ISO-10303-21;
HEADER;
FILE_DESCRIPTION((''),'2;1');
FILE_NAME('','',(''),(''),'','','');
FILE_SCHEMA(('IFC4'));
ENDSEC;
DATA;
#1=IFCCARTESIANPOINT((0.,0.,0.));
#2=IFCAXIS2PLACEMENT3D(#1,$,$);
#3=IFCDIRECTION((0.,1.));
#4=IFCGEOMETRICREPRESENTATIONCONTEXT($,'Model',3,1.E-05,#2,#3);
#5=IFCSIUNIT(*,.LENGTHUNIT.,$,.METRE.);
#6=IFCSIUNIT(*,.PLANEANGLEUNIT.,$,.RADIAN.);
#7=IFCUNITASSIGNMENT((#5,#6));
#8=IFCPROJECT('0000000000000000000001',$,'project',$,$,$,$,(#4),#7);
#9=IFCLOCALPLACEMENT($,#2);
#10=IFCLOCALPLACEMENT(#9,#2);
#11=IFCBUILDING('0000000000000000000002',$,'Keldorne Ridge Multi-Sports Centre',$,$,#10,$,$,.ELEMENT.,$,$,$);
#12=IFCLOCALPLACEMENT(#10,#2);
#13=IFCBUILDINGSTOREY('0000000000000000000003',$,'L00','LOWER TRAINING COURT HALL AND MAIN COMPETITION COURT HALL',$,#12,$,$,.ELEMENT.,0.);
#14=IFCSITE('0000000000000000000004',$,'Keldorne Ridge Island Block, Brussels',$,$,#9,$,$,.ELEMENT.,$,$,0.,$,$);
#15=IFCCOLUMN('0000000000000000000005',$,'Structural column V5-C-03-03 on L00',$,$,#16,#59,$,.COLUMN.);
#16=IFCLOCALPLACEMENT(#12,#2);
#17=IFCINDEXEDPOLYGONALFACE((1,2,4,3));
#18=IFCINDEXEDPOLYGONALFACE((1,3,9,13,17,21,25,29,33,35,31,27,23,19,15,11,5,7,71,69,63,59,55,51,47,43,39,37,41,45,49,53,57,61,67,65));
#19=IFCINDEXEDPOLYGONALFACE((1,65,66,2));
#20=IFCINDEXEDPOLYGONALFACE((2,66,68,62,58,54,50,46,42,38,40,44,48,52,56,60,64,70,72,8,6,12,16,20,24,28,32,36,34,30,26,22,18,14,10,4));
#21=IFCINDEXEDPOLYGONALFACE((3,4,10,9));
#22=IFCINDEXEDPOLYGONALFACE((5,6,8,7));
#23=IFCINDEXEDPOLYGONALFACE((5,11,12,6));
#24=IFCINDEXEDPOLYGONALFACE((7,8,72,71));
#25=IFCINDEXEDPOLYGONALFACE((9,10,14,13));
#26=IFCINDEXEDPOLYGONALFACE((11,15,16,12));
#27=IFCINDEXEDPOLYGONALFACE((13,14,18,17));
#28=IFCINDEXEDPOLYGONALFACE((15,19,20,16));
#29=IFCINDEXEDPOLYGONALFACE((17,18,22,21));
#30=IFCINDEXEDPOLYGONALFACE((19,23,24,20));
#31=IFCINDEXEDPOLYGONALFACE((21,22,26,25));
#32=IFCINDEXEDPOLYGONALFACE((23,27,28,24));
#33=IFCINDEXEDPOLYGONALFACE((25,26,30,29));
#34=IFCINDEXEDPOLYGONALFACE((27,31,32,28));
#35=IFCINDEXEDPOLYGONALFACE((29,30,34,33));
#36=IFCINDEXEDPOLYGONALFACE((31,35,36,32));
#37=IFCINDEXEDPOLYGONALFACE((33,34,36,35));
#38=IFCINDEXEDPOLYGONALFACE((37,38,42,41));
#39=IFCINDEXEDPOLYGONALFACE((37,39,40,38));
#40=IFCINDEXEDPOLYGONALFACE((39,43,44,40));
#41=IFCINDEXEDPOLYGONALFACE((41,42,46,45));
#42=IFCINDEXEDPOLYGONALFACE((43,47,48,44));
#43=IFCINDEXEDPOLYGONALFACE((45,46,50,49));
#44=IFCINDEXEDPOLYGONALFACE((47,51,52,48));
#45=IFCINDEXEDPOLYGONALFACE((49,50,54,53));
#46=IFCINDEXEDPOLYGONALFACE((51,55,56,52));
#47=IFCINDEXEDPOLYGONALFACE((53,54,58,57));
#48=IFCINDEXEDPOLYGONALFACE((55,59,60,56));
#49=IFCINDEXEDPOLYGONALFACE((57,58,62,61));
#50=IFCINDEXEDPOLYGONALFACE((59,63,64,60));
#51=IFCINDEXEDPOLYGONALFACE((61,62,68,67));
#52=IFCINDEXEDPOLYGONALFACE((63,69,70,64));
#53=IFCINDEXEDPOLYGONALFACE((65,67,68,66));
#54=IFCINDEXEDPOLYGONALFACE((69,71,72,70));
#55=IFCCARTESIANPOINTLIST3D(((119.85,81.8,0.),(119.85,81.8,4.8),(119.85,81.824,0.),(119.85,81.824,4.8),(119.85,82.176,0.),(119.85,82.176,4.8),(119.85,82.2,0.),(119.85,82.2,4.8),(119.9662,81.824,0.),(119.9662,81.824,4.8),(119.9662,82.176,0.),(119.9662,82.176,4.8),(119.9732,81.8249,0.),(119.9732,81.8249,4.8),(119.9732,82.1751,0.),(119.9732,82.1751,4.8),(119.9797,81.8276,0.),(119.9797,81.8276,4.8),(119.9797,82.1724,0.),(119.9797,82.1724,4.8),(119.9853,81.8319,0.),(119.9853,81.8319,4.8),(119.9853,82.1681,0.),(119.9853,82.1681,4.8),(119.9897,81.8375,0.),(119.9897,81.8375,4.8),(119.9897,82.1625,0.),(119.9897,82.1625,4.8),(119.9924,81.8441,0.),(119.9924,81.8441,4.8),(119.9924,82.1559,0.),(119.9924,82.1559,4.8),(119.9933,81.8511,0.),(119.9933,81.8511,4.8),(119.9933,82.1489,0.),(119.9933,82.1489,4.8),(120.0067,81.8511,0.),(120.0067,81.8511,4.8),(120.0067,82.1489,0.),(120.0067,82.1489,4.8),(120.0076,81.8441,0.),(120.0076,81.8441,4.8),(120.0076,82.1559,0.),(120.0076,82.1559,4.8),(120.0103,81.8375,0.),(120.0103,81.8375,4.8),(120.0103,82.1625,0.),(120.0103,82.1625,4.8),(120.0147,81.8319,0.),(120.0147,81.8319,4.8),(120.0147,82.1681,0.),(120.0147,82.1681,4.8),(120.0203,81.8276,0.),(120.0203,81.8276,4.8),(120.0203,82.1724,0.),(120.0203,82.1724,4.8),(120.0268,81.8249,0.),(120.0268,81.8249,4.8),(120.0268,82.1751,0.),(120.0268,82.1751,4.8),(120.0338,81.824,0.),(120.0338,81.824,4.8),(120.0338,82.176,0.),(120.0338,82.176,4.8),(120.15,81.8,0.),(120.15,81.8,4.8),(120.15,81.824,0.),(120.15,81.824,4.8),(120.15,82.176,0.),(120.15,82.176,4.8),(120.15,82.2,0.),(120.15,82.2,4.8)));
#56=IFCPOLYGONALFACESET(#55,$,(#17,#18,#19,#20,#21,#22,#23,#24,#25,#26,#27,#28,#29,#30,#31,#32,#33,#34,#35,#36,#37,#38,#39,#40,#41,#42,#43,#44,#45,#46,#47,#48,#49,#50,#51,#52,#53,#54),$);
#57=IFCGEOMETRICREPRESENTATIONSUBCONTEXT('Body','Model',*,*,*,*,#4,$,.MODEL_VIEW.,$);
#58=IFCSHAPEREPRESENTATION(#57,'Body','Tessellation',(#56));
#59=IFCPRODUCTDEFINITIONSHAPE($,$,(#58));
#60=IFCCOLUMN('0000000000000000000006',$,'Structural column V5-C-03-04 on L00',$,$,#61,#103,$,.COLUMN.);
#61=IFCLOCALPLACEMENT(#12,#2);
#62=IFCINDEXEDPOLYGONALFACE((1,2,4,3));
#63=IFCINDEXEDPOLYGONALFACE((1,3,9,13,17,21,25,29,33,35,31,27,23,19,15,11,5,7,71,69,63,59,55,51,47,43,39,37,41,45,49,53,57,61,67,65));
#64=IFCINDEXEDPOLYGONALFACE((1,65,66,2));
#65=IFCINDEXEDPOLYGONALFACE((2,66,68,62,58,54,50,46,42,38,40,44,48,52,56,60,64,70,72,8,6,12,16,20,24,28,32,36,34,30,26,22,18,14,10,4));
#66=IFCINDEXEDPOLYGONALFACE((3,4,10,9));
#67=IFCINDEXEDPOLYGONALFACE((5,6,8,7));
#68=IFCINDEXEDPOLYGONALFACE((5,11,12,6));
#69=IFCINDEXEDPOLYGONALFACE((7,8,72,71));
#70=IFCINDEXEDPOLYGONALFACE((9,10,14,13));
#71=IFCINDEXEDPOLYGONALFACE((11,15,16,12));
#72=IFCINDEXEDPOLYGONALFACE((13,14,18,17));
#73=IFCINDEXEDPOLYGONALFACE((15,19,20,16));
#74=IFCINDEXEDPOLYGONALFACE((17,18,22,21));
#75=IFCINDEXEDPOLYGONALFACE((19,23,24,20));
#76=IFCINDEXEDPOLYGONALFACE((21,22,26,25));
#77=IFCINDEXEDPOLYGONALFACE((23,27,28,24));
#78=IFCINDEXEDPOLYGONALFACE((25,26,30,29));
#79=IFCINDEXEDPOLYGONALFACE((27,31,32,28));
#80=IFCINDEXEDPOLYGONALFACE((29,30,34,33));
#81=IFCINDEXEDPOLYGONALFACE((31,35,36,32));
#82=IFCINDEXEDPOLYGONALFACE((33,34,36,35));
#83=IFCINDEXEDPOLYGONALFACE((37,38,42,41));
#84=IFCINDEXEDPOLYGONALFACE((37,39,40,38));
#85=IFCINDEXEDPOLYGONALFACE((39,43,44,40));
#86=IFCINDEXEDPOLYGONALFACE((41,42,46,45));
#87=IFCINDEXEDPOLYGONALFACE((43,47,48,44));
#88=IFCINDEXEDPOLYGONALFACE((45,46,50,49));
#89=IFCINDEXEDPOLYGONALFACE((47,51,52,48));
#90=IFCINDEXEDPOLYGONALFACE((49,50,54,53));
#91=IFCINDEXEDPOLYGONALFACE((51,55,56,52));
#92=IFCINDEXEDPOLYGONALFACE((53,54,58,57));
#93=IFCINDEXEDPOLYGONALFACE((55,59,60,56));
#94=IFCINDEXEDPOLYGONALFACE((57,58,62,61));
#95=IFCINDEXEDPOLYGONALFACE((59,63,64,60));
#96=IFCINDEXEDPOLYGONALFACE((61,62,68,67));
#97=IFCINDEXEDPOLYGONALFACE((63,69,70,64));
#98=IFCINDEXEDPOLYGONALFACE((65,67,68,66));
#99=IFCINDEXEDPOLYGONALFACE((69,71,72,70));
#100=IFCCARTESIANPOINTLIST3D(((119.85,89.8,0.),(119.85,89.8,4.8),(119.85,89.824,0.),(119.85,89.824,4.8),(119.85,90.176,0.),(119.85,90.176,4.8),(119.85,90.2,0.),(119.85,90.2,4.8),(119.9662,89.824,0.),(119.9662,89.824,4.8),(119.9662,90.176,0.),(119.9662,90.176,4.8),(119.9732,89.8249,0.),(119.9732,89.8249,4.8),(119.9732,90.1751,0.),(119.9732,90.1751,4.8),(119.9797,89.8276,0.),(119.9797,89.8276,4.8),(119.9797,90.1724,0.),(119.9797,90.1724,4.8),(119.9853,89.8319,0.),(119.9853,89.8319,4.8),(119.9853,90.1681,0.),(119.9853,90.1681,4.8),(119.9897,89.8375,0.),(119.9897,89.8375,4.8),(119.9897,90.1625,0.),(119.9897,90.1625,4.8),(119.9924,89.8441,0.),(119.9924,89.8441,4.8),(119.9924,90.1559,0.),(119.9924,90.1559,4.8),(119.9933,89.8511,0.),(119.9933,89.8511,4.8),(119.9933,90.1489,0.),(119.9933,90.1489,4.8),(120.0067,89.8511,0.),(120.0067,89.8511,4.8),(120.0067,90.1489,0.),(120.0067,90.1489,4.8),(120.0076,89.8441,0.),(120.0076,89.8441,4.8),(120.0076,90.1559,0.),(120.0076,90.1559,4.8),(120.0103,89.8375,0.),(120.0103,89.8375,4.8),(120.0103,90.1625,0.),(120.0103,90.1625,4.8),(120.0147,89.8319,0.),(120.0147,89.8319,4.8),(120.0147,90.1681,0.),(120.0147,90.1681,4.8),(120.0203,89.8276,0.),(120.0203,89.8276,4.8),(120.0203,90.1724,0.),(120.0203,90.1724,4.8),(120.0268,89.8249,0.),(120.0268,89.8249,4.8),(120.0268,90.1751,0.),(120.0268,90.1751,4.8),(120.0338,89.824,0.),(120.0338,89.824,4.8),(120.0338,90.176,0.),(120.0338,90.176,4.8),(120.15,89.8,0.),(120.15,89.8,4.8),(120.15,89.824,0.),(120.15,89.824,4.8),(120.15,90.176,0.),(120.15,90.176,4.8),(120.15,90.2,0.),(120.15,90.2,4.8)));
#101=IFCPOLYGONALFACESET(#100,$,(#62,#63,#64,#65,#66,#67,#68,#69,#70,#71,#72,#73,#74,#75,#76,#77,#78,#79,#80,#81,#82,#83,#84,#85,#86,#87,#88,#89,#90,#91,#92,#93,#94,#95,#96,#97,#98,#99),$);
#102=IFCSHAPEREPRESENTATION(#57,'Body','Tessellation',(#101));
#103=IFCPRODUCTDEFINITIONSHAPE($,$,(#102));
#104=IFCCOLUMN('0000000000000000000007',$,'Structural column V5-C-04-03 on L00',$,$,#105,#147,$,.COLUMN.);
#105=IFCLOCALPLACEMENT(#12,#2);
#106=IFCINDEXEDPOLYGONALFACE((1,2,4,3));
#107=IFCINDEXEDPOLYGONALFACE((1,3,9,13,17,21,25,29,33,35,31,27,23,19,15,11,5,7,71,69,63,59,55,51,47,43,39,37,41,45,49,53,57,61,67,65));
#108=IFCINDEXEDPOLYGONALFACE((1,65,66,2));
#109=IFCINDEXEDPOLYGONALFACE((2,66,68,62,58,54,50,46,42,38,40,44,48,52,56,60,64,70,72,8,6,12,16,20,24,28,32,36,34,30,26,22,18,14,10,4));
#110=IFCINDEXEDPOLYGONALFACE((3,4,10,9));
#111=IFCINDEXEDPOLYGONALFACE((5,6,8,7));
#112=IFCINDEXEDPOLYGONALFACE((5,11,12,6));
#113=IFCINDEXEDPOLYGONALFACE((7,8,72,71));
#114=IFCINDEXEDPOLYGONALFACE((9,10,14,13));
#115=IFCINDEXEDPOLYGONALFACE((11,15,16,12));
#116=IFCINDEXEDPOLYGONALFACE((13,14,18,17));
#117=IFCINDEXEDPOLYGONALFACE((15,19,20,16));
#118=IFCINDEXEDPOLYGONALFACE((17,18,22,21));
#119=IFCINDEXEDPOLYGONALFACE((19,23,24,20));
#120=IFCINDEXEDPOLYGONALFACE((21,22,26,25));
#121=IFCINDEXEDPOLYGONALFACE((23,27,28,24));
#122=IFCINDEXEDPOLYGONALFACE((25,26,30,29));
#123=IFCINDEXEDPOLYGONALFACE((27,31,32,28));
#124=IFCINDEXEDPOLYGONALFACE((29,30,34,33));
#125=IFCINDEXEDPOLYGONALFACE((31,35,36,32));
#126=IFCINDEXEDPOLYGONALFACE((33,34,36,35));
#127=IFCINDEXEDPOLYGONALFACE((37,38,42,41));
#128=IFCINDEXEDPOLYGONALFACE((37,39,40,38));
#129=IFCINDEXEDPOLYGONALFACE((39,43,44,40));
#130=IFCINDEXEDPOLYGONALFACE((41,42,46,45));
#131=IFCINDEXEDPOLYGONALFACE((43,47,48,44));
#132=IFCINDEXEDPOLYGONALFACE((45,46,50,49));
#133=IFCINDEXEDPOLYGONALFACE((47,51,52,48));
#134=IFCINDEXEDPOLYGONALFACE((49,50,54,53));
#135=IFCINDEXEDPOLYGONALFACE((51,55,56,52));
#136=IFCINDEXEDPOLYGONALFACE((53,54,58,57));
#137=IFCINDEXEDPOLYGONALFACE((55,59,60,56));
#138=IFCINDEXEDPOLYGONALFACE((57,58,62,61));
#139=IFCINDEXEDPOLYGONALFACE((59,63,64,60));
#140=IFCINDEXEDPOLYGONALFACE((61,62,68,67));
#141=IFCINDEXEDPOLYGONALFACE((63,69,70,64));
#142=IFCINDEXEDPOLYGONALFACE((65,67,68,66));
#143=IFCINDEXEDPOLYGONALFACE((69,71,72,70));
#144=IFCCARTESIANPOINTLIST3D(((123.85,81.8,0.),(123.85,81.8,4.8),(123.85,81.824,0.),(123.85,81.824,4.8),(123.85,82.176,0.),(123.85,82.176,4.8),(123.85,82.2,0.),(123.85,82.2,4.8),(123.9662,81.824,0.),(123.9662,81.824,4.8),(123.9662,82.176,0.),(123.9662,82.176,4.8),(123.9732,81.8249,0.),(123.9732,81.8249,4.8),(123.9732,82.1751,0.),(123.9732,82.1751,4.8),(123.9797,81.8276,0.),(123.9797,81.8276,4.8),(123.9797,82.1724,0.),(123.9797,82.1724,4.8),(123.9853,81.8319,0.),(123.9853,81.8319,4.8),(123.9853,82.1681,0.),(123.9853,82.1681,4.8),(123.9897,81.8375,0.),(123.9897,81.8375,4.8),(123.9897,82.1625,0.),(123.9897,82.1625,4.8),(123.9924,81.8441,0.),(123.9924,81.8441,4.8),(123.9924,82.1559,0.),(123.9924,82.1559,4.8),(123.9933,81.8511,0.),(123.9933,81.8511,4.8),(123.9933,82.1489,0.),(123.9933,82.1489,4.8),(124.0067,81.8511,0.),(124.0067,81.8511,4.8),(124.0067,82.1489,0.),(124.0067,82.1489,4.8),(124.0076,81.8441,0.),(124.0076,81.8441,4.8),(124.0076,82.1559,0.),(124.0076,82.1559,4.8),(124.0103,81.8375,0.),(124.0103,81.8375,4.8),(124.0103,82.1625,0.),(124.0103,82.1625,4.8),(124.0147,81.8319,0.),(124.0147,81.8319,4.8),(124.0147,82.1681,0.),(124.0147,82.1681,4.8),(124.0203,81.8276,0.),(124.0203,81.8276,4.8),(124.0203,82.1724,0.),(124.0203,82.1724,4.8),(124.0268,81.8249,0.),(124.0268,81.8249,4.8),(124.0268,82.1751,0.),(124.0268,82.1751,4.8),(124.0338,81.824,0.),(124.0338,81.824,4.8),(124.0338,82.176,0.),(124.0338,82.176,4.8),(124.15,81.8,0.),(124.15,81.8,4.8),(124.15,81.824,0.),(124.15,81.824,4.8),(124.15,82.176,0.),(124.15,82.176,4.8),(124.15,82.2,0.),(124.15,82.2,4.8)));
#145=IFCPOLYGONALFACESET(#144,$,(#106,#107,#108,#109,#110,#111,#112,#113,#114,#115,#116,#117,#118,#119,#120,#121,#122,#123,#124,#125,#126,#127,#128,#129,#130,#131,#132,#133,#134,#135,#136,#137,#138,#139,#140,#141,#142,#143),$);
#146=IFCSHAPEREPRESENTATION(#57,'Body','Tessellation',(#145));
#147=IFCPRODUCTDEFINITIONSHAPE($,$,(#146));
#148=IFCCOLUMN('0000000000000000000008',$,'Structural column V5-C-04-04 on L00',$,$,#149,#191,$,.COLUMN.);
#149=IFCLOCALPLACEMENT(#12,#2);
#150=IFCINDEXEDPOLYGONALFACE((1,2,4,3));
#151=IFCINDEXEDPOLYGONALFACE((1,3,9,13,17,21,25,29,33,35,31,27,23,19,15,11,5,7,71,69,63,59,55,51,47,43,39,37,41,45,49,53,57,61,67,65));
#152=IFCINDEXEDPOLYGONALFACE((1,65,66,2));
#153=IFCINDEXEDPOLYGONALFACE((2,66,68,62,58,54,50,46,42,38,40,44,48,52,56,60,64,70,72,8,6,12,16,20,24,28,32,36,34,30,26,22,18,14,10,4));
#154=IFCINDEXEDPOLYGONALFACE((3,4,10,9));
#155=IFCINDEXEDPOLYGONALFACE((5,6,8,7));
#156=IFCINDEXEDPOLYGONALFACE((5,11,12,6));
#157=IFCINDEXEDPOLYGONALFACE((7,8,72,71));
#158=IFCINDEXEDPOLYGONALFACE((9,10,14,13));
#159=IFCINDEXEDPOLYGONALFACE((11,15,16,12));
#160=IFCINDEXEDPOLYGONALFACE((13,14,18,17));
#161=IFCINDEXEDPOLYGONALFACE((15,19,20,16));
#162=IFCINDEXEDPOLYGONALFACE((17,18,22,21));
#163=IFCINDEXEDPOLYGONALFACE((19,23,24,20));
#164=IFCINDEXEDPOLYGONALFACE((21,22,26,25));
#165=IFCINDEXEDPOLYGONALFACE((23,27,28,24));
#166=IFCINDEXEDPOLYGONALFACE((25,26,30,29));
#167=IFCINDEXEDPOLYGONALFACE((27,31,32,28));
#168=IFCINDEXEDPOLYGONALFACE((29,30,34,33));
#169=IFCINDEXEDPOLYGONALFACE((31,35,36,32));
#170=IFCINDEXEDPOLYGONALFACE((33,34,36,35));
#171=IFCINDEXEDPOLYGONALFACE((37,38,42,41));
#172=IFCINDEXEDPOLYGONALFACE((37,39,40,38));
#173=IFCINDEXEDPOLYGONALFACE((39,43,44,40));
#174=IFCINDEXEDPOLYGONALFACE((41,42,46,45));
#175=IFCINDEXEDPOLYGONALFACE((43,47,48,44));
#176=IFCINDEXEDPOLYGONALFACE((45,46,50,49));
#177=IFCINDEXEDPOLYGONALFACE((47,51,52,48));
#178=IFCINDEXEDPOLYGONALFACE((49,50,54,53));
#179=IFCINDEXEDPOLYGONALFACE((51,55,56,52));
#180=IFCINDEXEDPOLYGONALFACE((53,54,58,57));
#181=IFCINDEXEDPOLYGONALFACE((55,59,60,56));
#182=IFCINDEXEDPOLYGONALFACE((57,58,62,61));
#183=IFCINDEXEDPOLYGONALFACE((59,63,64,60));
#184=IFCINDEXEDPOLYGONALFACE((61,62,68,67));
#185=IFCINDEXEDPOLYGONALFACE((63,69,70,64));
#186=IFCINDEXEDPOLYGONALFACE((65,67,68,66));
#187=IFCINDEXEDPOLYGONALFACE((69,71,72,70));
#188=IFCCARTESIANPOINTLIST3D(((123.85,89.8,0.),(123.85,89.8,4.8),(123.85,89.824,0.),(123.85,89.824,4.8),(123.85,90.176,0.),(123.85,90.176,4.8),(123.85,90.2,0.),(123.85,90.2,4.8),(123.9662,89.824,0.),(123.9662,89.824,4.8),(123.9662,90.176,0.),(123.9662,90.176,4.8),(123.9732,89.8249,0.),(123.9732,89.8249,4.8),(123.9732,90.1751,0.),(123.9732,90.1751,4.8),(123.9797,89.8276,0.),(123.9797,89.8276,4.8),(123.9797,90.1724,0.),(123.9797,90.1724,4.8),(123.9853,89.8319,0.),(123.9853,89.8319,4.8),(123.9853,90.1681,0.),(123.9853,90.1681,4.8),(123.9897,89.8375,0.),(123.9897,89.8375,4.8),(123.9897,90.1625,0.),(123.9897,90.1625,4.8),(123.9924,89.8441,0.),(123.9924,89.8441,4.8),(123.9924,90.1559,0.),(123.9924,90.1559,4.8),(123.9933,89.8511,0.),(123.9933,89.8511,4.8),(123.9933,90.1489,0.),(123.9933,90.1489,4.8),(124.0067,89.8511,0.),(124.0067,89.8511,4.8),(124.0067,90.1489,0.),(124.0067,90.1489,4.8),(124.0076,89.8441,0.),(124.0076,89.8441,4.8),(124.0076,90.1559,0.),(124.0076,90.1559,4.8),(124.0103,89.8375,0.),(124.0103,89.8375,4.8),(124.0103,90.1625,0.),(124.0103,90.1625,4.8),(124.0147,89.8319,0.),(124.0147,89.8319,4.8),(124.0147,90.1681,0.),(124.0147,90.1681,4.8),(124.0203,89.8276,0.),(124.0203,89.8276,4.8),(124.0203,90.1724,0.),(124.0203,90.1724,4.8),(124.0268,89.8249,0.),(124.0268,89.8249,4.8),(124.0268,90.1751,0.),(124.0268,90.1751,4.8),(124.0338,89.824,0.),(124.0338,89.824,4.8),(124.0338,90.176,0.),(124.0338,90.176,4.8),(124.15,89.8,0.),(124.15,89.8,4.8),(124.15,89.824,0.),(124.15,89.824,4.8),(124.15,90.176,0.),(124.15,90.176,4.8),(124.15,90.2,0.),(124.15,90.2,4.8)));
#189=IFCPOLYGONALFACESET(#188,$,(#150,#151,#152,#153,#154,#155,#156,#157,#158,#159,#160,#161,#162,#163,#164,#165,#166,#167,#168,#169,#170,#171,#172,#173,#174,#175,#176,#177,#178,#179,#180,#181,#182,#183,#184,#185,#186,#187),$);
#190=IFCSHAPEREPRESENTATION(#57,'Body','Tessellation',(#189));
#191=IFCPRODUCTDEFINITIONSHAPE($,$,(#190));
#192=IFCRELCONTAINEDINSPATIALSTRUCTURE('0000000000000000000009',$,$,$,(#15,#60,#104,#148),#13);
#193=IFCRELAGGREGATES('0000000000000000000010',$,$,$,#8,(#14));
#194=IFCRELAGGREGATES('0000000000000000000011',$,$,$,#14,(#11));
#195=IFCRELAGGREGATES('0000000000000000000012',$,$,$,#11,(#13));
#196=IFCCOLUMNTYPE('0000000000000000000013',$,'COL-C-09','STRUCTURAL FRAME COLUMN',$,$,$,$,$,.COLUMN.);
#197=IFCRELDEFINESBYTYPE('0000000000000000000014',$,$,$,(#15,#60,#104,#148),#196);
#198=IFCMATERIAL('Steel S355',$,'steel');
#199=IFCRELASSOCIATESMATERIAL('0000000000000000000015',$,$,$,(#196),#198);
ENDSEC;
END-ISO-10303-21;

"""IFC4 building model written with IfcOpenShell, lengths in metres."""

from ifc_helpers import new_model, si_unit, direction, frame, origin, origin_2d, place, context, subcontext, project, spatial, i_section, extrude, material, material_profile, profile_set, type_object, element, save


model = new_model("IFC4")

# Units and contexts
model_context = context("Model", 3, precision=1e-05, world=origin(), true_north=direction((0.0, 1.0)))
body_context = subcontext(model_context, "Body", "Model", "MODEL_VIEW")
ifc_project = project(units=[si_unit("LENGTHUNIT", "METRE"), si_unit("PLANEANGLEUNIT", "RADIAN")], contexts=[model_context])

# Site, building, storey
site_placement = place(None, origin())
site = spatial("IfcSite", under=ifc_project, at=site_placement, Name="Keldorne Ridge Island Block, Brussels", CompositionType="ELEMENT", RefElevation=0.0)
building_placement = place(site_placement, origin())
building = spatial("IfcBuilding", under=site, at=building_placement, Name="Keldorne Ridge Multi-Sports Centre", CompositionType="ELEMENT")
storey_placement = place(building_placement, origin())
storey = spatial("IfcBuildingStorey", under=building, at=storey_placement, Name="L00", Description="LOWER TRAINING COURT HALL AND MAIN COMPETITION COURT HALL", CompositionType="ELEMENT", Elevation=0.0)

# Columns
ifc_material_1 = material(Name="Steel S355", Category="steel")
ifc_material_profile_1 = material_profile(ifc_material_1, i_section(OverallWidth=0.3, OverallDepth=0.3999, WebThickness=0.0134, FlangeThickness=0.0239, FilletRadius=0.0271, at=origin_2d()), Name="HEB 400")
ifc_profile_set_1 = profile_set([ifc_material_profile_1], Name="Steel S355")
column_type = type_object("IfcColumnType", Name="COL-C-09", Description="STRUCTURAL FRAME COLUMN", PredefinedType="COLUMN", material=ifc_profile_set_1)
for number, where, z_axis, x_axis, name in (
    (1, (120.0, 82.0, 0.0), (0.0, 0.0, 1.0), (1.0, 0.0, 0.0), "Structural column V5-C-03-03 on L00"),
    (2, (120.0, 90.0, 0.0), (0.0, 0.0, 1.0), (1.0, 0.0, 0.0), "Structural column V5-C-03-04 on L00"),
    (3, (124.0, 82.0, 0.0), (0.0, 0.0, 1.0), (1.0, 0.0, 0.0), "Structural column V5-C-04-03 on L00"),
    (4, (124.0, 90.0, 0.0), (0.0, 0.0, 1.0), (1.0, 0.0, 0.0), "Structural column V5-C-04-04 on L00"),
):
    element("IfcColumn", number, at=place(storey_placement, frame(where, z_axis=z_axis, x_axis=x_axis)), inside=storey, type_object=column_type, Name=name, PredefinedType="COLUMN", context=body_context, shape_type="SweptSolid", body=[
        extrude(i_section(OverallWidth=0.3, OverallDepth=0.3999, WebThickness=0.0134, FlangeThickness=0.0239, FilletRadius=0.0271, at=origin_2d()), origin(), (0.0, 0.0, 1.0), 4.8),
    ])

save(model, "model.ifc")
